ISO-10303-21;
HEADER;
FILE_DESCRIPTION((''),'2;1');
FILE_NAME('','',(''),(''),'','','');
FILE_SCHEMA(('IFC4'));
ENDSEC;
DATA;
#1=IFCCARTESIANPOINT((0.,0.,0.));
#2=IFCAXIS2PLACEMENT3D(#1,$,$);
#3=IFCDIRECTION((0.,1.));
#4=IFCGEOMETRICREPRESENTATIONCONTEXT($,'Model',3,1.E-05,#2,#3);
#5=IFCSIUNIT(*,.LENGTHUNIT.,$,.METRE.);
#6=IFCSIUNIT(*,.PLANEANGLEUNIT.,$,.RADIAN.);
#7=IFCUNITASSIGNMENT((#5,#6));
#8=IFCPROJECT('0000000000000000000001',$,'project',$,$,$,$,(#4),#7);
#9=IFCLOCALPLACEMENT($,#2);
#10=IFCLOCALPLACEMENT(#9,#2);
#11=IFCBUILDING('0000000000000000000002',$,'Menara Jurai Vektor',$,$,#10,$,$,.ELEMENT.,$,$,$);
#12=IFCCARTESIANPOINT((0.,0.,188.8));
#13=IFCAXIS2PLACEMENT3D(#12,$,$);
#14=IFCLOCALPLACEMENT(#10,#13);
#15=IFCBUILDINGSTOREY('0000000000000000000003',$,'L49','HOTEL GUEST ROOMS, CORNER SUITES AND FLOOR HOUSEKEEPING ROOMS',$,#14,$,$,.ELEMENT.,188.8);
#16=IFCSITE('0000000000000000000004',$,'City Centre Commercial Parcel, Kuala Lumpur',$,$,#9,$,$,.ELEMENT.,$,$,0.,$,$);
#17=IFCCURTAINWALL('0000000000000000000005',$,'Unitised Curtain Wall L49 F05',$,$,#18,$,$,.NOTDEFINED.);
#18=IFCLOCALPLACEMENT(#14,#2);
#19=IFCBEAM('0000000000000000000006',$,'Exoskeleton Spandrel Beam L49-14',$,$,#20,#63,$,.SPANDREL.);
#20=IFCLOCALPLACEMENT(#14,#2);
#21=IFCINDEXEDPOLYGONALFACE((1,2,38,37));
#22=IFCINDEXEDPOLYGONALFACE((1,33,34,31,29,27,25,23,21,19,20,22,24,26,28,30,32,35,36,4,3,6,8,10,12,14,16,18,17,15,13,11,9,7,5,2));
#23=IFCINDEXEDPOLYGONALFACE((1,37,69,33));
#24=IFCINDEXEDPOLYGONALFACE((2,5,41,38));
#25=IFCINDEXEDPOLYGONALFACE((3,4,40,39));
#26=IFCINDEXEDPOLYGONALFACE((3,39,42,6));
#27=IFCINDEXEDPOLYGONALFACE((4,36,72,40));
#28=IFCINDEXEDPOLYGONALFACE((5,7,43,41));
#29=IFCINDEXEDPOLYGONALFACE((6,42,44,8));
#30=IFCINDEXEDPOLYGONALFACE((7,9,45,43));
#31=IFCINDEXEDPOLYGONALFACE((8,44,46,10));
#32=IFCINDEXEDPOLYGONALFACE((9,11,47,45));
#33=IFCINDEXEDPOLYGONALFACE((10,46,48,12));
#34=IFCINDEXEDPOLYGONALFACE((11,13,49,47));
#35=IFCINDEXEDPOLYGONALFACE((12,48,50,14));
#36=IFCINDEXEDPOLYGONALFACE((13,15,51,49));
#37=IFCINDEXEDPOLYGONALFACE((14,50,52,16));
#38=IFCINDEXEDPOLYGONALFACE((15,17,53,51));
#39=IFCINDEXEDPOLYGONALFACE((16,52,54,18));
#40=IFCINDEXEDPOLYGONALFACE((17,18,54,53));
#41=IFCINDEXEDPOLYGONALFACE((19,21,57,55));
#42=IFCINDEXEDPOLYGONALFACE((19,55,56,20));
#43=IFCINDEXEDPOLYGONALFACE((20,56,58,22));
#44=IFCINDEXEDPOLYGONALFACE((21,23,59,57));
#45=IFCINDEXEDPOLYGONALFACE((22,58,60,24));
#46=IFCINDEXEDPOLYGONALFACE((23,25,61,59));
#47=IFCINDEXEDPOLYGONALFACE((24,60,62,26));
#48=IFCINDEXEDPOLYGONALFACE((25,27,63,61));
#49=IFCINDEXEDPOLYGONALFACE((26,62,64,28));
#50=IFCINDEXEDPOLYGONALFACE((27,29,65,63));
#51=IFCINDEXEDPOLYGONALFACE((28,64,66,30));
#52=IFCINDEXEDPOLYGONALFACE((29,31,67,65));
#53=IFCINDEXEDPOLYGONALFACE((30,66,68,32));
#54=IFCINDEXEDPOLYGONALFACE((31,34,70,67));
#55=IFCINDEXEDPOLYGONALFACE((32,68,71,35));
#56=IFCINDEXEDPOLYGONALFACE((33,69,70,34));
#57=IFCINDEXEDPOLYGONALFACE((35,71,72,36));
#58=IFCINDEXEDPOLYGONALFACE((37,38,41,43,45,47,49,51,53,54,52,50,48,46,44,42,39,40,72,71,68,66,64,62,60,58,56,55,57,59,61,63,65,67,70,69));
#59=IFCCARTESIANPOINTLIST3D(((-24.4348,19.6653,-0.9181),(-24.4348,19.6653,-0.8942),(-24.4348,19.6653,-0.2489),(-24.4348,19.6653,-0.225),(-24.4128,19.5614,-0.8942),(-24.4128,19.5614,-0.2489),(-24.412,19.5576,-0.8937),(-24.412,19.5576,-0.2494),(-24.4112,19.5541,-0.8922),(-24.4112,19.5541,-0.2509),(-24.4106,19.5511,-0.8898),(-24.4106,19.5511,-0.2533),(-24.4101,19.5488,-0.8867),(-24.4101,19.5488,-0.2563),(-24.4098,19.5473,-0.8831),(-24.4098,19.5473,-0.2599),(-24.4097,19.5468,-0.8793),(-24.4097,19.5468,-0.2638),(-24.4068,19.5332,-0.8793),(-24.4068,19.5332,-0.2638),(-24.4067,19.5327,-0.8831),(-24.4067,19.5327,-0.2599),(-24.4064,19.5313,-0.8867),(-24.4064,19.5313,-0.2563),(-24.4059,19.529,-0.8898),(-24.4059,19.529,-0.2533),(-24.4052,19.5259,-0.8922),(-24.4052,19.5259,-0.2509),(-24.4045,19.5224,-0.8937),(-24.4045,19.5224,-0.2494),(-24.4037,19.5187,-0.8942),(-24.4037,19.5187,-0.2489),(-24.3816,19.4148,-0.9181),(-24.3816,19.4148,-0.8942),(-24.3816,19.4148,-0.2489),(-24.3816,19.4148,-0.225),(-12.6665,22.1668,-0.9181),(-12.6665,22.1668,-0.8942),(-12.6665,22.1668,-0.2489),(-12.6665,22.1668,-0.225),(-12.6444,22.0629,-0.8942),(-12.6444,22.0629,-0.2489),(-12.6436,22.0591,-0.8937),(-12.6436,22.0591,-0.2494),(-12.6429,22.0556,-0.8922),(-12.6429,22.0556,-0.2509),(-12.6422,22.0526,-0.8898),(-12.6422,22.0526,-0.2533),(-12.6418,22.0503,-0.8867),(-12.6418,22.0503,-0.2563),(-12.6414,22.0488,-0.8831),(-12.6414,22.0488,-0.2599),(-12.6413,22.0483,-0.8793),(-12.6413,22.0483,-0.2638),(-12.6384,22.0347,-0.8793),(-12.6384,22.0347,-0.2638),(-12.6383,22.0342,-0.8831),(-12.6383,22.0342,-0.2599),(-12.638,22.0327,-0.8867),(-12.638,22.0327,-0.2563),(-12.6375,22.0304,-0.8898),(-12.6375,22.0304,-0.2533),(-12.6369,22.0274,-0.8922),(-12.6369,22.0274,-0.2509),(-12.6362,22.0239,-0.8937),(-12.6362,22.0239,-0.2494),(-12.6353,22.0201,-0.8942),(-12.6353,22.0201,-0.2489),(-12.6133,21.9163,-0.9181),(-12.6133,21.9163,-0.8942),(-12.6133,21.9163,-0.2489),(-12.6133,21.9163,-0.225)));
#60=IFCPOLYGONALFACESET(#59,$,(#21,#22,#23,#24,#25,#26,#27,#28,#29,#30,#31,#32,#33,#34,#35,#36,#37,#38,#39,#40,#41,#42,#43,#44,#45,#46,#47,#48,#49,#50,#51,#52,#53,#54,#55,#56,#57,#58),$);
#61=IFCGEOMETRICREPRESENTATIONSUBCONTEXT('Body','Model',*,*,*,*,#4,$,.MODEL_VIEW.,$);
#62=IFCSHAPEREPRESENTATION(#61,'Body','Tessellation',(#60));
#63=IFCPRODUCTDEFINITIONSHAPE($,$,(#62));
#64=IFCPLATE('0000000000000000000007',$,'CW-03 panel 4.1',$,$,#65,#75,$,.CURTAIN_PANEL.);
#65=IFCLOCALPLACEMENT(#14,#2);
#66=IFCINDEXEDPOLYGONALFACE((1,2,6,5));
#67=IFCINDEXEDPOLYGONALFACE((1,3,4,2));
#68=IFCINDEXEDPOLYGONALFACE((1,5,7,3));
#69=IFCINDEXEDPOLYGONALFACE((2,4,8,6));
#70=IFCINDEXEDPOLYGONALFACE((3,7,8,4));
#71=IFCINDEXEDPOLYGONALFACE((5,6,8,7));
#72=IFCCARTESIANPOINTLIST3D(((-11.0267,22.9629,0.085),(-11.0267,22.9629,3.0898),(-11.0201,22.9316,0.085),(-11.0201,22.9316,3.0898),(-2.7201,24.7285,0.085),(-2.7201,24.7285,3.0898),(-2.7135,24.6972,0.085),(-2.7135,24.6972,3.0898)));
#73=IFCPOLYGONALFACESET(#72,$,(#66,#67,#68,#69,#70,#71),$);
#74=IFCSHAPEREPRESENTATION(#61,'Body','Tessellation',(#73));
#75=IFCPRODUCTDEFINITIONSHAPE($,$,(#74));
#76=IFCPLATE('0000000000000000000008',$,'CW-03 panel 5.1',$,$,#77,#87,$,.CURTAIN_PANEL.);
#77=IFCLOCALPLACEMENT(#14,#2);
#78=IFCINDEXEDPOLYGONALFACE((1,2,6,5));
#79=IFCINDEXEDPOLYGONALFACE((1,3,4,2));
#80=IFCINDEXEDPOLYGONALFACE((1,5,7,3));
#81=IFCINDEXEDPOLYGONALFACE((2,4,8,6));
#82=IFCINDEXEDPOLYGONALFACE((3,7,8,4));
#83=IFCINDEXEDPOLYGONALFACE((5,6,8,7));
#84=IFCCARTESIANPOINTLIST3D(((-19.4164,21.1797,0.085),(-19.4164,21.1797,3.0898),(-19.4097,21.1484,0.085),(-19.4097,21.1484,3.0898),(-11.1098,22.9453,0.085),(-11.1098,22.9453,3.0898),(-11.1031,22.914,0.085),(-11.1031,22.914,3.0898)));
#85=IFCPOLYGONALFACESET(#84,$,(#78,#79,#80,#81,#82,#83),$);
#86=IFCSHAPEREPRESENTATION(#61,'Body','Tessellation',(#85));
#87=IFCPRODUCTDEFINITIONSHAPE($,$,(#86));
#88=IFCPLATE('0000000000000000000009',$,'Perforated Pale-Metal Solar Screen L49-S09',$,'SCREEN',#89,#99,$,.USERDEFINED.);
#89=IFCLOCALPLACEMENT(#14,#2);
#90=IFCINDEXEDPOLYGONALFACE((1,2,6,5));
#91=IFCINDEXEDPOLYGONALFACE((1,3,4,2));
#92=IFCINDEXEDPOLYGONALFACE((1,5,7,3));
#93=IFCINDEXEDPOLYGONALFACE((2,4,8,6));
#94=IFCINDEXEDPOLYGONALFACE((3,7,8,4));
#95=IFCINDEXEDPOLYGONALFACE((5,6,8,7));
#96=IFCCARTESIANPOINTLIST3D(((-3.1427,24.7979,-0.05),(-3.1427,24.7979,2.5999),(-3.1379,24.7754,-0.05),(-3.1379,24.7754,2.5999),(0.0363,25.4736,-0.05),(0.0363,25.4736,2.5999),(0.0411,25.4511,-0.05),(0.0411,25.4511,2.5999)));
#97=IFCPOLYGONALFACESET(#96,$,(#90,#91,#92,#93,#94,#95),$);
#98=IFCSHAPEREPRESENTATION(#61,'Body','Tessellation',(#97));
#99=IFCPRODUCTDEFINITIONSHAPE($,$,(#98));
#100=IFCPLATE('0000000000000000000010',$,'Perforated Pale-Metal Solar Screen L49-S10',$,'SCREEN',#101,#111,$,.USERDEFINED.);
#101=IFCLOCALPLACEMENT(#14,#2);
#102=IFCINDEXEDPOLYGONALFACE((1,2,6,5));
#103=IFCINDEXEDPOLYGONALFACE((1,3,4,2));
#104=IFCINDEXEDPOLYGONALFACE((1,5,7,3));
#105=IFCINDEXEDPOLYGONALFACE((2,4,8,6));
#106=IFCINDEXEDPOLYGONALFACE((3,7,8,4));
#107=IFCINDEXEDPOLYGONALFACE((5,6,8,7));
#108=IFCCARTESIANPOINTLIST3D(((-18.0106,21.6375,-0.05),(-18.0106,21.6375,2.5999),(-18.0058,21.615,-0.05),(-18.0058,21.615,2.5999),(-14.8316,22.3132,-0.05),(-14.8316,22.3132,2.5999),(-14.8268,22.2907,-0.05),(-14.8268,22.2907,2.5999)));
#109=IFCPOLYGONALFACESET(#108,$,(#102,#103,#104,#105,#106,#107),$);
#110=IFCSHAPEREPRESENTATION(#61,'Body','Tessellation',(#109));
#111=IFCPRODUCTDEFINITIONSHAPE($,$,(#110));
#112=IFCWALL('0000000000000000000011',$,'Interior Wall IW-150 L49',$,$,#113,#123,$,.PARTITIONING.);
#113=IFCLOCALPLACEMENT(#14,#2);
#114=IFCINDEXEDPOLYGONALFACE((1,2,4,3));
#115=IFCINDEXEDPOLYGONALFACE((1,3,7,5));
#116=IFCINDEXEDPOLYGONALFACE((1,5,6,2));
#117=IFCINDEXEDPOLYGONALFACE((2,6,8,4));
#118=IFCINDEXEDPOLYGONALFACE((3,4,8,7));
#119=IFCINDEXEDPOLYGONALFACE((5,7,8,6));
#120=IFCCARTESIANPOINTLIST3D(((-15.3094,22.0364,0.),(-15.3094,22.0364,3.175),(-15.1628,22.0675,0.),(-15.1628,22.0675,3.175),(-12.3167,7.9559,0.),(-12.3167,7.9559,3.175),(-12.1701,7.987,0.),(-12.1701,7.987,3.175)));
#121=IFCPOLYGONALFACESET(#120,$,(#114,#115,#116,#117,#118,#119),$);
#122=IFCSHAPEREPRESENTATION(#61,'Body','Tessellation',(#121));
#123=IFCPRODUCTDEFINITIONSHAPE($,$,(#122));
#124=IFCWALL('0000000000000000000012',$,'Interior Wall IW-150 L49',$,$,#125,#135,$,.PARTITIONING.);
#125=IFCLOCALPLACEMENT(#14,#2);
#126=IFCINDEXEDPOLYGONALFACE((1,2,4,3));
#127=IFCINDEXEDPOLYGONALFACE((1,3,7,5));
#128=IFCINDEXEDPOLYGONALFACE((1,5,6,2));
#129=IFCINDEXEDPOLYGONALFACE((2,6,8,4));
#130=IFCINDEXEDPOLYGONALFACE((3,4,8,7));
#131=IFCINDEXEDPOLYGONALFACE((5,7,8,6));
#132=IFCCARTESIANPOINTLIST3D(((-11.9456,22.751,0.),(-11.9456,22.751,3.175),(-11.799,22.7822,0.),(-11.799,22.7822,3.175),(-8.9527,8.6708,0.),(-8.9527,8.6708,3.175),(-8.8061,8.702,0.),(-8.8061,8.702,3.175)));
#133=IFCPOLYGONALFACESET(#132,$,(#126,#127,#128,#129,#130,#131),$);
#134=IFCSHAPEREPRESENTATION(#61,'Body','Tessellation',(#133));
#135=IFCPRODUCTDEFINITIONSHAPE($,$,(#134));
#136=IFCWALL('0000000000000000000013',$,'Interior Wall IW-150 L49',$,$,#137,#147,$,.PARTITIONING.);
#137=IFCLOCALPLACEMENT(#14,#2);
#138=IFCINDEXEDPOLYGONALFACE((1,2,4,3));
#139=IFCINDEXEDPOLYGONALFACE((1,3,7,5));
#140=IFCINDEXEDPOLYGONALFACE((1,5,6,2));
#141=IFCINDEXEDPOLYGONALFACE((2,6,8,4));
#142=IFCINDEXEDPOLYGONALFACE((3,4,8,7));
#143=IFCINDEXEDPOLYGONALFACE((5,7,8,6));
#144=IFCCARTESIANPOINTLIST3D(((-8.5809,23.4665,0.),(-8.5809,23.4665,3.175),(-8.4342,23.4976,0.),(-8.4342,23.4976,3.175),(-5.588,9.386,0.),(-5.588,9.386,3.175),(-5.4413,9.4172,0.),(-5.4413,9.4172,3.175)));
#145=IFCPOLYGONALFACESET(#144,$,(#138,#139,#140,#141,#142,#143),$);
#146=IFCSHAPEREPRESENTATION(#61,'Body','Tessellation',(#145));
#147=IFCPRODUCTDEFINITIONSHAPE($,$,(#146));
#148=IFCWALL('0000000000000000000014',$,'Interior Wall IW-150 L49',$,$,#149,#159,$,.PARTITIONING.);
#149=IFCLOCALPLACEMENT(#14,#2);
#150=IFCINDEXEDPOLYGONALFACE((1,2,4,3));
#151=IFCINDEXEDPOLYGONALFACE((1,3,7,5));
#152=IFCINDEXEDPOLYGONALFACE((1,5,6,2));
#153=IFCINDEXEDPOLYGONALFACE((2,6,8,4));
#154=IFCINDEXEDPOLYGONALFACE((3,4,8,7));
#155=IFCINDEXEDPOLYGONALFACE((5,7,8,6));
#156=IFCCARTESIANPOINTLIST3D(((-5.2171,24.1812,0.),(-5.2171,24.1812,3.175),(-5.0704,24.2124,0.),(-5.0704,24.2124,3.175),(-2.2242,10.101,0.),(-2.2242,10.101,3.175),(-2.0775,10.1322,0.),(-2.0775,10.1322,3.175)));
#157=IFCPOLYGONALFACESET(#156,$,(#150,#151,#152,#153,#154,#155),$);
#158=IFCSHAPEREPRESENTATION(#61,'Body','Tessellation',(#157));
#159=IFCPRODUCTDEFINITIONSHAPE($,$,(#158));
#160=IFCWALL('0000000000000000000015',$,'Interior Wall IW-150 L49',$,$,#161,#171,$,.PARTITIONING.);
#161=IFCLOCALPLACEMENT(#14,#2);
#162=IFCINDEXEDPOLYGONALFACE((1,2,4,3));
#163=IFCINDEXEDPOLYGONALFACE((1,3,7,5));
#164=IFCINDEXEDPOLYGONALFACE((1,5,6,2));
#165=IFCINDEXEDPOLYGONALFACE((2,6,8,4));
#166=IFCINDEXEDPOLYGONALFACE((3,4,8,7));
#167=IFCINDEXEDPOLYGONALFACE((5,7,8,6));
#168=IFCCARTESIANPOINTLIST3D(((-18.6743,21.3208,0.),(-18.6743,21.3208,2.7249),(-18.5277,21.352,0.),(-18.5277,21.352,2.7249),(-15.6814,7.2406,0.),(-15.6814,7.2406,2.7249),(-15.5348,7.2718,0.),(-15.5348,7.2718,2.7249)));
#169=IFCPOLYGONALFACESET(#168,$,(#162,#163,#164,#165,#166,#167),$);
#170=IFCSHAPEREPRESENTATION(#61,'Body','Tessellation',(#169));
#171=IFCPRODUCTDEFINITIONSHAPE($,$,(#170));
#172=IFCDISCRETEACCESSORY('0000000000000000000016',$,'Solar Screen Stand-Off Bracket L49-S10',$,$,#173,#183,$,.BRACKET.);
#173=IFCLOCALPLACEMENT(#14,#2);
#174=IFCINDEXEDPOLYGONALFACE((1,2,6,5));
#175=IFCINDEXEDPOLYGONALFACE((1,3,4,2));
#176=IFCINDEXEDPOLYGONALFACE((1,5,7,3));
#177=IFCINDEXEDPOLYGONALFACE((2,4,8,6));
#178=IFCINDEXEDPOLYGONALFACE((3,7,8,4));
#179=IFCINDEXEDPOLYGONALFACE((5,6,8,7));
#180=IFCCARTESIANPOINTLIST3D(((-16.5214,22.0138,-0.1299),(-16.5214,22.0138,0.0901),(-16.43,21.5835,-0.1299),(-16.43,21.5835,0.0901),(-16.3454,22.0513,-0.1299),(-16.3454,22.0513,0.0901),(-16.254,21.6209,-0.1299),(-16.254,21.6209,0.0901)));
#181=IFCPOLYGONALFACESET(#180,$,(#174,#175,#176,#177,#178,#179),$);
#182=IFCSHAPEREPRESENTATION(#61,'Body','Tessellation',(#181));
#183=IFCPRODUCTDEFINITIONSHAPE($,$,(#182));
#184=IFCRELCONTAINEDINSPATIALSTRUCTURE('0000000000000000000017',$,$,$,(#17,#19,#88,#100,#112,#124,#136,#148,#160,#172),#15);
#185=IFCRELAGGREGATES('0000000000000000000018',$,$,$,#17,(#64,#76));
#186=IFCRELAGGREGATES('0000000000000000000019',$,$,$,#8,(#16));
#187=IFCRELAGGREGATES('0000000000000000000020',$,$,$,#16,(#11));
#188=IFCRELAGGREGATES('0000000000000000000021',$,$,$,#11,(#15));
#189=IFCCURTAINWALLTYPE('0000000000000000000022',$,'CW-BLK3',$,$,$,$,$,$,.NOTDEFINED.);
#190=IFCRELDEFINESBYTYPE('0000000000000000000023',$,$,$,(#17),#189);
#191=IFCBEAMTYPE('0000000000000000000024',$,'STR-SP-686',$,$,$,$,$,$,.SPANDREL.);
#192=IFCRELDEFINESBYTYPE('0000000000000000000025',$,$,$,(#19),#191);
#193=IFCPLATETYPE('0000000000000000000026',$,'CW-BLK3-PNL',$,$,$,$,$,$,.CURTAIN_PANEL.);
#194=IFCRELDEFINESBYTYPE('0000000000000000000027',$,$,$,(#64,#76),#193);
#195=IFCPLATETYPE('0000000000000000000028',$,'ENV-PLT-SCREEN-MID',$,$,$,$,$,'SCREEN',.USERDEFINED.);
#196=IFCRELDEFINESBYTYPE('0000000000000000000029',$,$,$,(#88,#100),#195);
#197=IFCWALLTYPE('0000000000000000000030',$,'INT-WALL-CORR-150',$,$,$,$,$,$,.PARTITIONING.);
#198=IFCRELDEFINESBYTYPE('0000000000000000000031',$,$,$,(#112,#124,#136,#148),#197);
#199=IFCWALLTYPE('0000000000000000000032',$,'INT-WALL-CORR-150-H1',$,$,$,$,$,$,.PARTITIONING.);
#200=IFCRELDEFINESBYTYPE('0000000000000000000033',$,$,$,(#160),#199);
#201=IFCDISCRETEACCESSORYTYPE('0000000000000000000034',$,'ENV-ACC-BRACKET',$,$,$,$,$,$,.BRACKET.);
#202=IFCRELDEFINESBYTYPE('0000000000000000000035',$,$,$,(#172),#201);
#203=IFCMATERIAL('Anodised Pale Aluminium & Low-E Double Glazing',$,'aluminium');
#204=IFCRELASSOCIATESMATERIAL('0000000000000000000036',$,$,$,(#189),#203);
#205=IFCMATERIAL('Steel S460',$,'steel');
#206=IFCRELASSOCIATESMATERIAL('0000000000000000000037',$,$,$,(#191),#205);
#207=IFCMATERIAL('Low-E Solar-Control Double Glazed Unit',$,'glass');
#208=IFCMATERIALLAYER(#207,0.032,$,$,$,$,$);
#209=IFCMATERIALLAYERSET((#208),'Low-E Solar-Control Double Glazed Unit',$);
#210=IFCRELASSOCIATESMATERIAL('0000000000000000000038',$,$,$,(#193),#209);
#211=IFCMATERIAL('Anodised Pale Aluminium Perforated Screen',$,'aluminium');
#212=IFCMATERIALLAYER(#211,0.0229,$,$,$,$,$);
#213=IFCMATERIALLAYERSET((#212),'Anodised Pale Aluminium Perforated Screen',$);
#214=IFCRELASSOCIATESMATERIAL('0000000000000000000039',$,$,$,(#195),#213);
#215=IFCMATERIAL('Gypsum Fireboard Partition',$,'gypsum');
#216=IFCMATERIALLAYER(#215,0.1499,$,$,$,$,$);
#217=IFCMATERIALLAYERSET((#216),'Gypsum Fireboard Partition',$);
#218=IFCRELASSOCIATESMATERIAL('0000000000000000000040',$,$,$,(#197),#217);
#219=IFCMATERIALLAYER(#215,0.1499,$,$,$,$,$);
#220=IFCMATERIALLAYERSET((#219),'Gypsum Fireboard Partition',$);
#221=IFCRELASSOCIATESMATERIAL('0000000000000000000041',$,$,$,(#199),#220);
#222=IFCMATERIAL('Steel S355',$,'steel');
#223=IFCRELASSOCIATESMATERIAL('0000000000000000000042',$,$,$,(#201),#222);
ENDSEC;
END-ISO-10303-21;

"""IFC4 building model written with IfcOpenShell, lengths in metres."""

from ifc_helpers import new_model, si_unit, direction, frame, frame_2d, origin, origin_2d, place, context, subcontext, project, spatial, rectangle, i_section, extrude, material, layer, layer_set, material_profile, profile_set, type_object, element, aggregate, save


model = new_model("IFC4")

# Units and contexts
model_context = context("Model", 3, precision=1e-05, world=origin(), true_north=direction((0.0, 1.0)))
body_context = subcontext(model_context, "Body", "Model", "MODEL_VIEW")
ifc_project = project(units=[si_unit("LENGTHUNIT", "METRE"), si_unit("PLANEANGLEUNIT", "RADIAN")], contexts=[model_context])

# Site, building, storey
site_placement = place(None, origin())
site = spatial("IfcSite", under=ifc_project, at=site_placement, Name="City Centre Commercial Parcel, Kuala Lumpur", CompositionType="ELEMENT", RefElevation=0.0)
building_placement = place(site_placement, origin())
building = spatial("IfcBuilding", under=site, at=building_placement, Name="Menara Jurai Vektor", CompositionType="ELEMENT")
storey_placement = place(building_placement, frame((0.0, 0.0, 188.8)))
storey = spatial("IfcBuildingStorey", under=building, at=storey_placement, Name="L49", Description="HOTEL GUEST ROOMS, CORNER SUITES AND FLOOR HOUSEKEEPING ROOMS", CompositionType="ELEMENT", Elevation=188.8)

# Shared definitions
ifc_material_1 = material(Name="Steel S460", Category="steel")

# Curtain wall
ifc_material_2 = material(Name="Anodised Pale Aluminium & Low-E Double Glazing", Category="aluminium")
curtain_wall_type = type_object("IfcCurtainWallType", Name="CW-BLK3", PredefinedType="NOTDEFINED", material=ifc_material_2)
curtain_wall_placement = place(storey_placement, origin())
curtain_wall = element("IfcCurtainWall", 1, at=curtain_wall_placement, inside=storey, type_object=curtain_wall_type, Name="Unitised Curtain Wall L49 F05", PredefinedType="NOTDEFINED")

# Beam
ifc_material_3 = material(Name="Steel S355", Category="steel")
ifc_material_profile_1 = material_profile(ifc_material_1, i_section(OverallWidth=0.2561, OverallDepth=0.6931, WebThickness=0.0139, FlangeThickness=0.0239, FilletRadius=0.0149, at=origin_2d()), Name="UKB 686x254x170")
ifc_profile_set_1 = profile_set([ifc_material_profile_1], Name="Steel S460")
beam_type_1 = type_object("IfcBeamType", Name="STR-SP-686", PredefinedType="SPANDREL", material=ifc_profile_set_1)
beam_1_placement = place(storey_placement, frame((-12.6399, 22.0415, -0.5715), z_axis=(-0.978147, -0.207914, 0.0), x_axis=(0.207914, -0.978147, 0.0)))
element("IfcBeam", 2, at=beam_1_placement, inside=storey, type_object=beam_type_1, Name="Exoskeleton Spandrel Beam L49-14", PredefinedType="SPANDREL", context=body_context, shape_type="SweptSolid", body=[
    extrude(i_section(OverallWidth=0.2561, OverallDepth=0.6931, WebThickness=0.0139, FlangeThickness=0.0239, FilletRadius=0.0149, at=origin_2d()), origin(), (0.0, 0.0, 1.0), 12.0312),
])

# Plates
ifc_material_4 = material(Name="Low-E Solar-Control Double Glazed Unit", Category="glass")
ifc_layer_1 = layer(ifc_material_4, 0.032)
ifc_layer_set_1 = layer_set([ifc_layer_1], Name="Low-E Solar-Control Double Glazed Unit")
plate_type_1 = type_object("IfcPlateType", Name="CW-BLK3-PNL", PredefinedType="CURTAIN_PANEL", material=ifc_layer_set_1)
plate_1_placement = place(storey_placement, frame((-6.8701, 23.8301, 0.085), z_axis=(0.0, 0.0, 1.0), x_axis=(-0.978148, -0.207911, 0.0)))
plate_1 = element("IfcPlate", 3, at=plate_1_placement, type_object=plate_type_1, Name="CW-03 panel 4.1", PredefinedType="CURTAIN_PANEL", context=body_context, shape_type="SweptSolid", body=[
    extrude(rectangle(XDim=8.4922, YDim=0.032, at=origin_2d()), origin(), (0.0, 0.0, 1.0), 3.0049),
])
plate_2_placement = place(storey_placement, frame((-15.2598, 22.0469, 0.085), z_axis=(0.0, 0.0, 1.0), x_axis=(-0.978148, -0.207911, 0.0)))
plate_2 = element("IfcPlate", 4, at=plate_2_placement, type_object=plate_type_1, Name="CW-03 panel 5.1", PredefinedType="CURTAIN_PANEL", context=body_context, shape_type="SweptSolid", body=[
    extrude(rectangle(XDim=8.4922, YDim=0.032, at=origin_2d()), origin(), (0.0, 0.0, 1.0), 3.0049),
])
aggregate(curtain_wall, [plate_1, plate_2])

# Plates
ifc_material_5 = material(Name="Anodised Pale Aluminium Perforated Screen", Category="aluminium")
ifc_layer_2 = layer(ifc_material_5, 0.0229)
ifc_layer_set_2 = layer_set([ifc_layer_2], Name="Anodised Pale Aluminium Perforated Screen")
plate_type_2 = type_object("IfcPlateType", Name="ENV-PLT-SCREEN-MID", ElementType="SCREEN", PredefinedType="USERDEFINED", material=ifc_layer_set_2)
for number, where, z_axis, x_axis, name in (
    (5, (-1.5508, 25.1245, -0.05), (0.0, 0.0, 1.0), (-0.978148, -0.207912, 0.0), "Perforated Pale-Metal Solar Screen L49-S09"),
    (6, (-16.4187, 21.9641, -0.05), (0.0, 0.0, 1.0), (-0.978148, -0.207912, 0.0), "Perforated Pale-Metal Solar Screen L49-S10"),
):
    element("IfcPlate", number, at=place(storey_placement, frame(where, z_axis=z_axis, x_axis=x_axis)), inside=storey, type_object=plate_type_2, Name=name, ObjectType="SCREEN", PredefinedType="USERDEFINED", context=body_context, shape_type="SweptSolid", body=[
        extrude(rectangle(XDim=3.25, YDim=0.0229, at=origin_2d()), origin(), (0.0, 0.0, 1.0), 2.6499),
    ])

# Shared definitions
ifc_material_6 = material(Name="Gypsum Fireboard Partition", Category="gypsum")
ifc_layer_3 = layer(ifc_material_6, 0.1499)
ifc_layer_set_3 = layer_set([ifc_layer_3], Name="Gypsum Fireboard Partition")
wall_type_1 = type_object("IfcWallType", Name="INT-WALL-CORR-150", PredefinedType="PARTITIONING", material=ifc_layer_set_3)

# Walls
wall_1_placement = place(storey_placement, frame((-12.2434, 7.9714, 0.0), z_axis=(0.0, 0.0, 1.0), x_axis=(-0.207896, 0.978151, 0.0)))
element("IfcWall", 7, at=wall_1_placement, inside=storey, type_object=wall_type_1, Name="Interior Wall IW-150 L49", PredefinedType="PARTITIONING", context=body_context, shape_type="SweptSolid", body=[
    extrude(rectangle(XDim=14.395, YDim=0.1499, at=frame_2d((7.1975, 0.0))), origin(), (0.0, 0.0, 1.0), 3.175),
])
wall_2_placement = place(storey_placement, frame((-8.8794, 8.6865, 0.0), z_axis=(0.0, 0.0, 1.0), x_axis=(-0.207915, 0.978147, 0.0)))
element("IfcWall", 8, at=wall_2_placement, inside=storey, type_object=wall_type_1, Name="Interior Wall IW-150 L49", PredefinedType="PARTITIONING", context=body_context, shape_type="SweptSolid", body=[
    extrude(rectangle(XDim=14.3948, YDim=0.1499, at=frame_2d((7.1973, 0.0))), origin(), (0.0, 0.0, 1.0), 3.175),
])
wall_3_placement = place(storey_placement, frame((-5.5146, 9.4016, 0.0), z_axis=(0.0, 0.0, 1.0), x_axis=(-0.207912, 0.978148, 0.0)))
element("IfcWall", 9, at=wall_3_placement, inside=storey, type_object=wall_type_1, Name="Interior Wall IW-150 L49", PredefinedType="PARTITIONING", context=body_context, shape_type="SweptSolid", body=[
    extrude(rectangle(XDim=14.395, YDim=0.1499, at=frame_2d((7.1975, 0.0))), origin(), (0.0, 0.0, 1.0), 3.175),
])
wall_4_placement = place(storey_placement, frame((-2.1509, 10.1167, 0.0), z_axis=(0.0, 0.0, 1.0), x_axis=(-0.207915, 0.978147, 0.0)))
element("IfcWall", 10, at=wall_4_placement, inside=storey, type_object=wall_type_1, Name="Interior Wall IW-150 L49", PredefinedType="PARTITIONING", context=body_context, shape_type="SweptSolid", body=[
    extrude(rectangle(XDim=14.3948, YDim=0.1499, at=frame_2d((7.1973, 0.0))), origin(), (0.0, 0.0, 1.0), 3.175),
])
ifc_layer_4 = layer(ifc_material_6, 0.1499)
ifc_layer_set_4 = layer_set([ifc_layer_4], Name="Gypsum Fireboard Partition")
wall_type_2 = type_object("IfcWallType", Name="INT-WALL-CORR-150-H1", PredefinedType="PARTITIONING", material=ifc_layer_set_4)
wall_5_placement = place(storey_placement, frame((-15.6082, 7.2563, 0.0), z_axis=(0.0, 0.0, 1.0), x_axis=(-0.207915, 0.978147, 0.0)))
element("IfcWall", 11, at=wall_5_placement, inside=storey, type_object=wall_type_2, Name="Interior Wall IW-150 L49", PredefinedType="PARTITIONING", context=body_context, shape_type="SweptSolid", body=[
    extrude(rectangle(XDim=14.3948, YDim=0.1499, at=frame_2d((7.1973, 0.0))), origin(), (0.0, 0.0, 1.0), 2.7249),
])

# Discrete accessory
discrete_accessory_type = type_object("IfcDiscreteAccessoryType", Name="ENV-ACC-BRACKET", PredefinedType="BRACKET", material=ifc_material_3)
discrete_accessory_placement = place(storey_placement, frame((-16.3877, 21.8174, -0.1299), z_axis=(0.0, 0.0, 1.0), x_axis=(-0.978148, -0.207912, 0.0)))
element("IfcDiscreteAccessory", 12, at=discrete_accessory_placement, inside=storey, type_object=discrete_accessory_type, Name="Solar Screen Stand-Off Bracket L49-S10", PredefinedType="BRACKET", context=body_context, shape_type="SweptSolid", body=[
    extrude(rectangle(XDim=0.1799, YDim=0.4399, at=origin_2d()), origin(), (0.0, 0.0, 1.0), 0.22),
])

save(model, "model.ifc")
